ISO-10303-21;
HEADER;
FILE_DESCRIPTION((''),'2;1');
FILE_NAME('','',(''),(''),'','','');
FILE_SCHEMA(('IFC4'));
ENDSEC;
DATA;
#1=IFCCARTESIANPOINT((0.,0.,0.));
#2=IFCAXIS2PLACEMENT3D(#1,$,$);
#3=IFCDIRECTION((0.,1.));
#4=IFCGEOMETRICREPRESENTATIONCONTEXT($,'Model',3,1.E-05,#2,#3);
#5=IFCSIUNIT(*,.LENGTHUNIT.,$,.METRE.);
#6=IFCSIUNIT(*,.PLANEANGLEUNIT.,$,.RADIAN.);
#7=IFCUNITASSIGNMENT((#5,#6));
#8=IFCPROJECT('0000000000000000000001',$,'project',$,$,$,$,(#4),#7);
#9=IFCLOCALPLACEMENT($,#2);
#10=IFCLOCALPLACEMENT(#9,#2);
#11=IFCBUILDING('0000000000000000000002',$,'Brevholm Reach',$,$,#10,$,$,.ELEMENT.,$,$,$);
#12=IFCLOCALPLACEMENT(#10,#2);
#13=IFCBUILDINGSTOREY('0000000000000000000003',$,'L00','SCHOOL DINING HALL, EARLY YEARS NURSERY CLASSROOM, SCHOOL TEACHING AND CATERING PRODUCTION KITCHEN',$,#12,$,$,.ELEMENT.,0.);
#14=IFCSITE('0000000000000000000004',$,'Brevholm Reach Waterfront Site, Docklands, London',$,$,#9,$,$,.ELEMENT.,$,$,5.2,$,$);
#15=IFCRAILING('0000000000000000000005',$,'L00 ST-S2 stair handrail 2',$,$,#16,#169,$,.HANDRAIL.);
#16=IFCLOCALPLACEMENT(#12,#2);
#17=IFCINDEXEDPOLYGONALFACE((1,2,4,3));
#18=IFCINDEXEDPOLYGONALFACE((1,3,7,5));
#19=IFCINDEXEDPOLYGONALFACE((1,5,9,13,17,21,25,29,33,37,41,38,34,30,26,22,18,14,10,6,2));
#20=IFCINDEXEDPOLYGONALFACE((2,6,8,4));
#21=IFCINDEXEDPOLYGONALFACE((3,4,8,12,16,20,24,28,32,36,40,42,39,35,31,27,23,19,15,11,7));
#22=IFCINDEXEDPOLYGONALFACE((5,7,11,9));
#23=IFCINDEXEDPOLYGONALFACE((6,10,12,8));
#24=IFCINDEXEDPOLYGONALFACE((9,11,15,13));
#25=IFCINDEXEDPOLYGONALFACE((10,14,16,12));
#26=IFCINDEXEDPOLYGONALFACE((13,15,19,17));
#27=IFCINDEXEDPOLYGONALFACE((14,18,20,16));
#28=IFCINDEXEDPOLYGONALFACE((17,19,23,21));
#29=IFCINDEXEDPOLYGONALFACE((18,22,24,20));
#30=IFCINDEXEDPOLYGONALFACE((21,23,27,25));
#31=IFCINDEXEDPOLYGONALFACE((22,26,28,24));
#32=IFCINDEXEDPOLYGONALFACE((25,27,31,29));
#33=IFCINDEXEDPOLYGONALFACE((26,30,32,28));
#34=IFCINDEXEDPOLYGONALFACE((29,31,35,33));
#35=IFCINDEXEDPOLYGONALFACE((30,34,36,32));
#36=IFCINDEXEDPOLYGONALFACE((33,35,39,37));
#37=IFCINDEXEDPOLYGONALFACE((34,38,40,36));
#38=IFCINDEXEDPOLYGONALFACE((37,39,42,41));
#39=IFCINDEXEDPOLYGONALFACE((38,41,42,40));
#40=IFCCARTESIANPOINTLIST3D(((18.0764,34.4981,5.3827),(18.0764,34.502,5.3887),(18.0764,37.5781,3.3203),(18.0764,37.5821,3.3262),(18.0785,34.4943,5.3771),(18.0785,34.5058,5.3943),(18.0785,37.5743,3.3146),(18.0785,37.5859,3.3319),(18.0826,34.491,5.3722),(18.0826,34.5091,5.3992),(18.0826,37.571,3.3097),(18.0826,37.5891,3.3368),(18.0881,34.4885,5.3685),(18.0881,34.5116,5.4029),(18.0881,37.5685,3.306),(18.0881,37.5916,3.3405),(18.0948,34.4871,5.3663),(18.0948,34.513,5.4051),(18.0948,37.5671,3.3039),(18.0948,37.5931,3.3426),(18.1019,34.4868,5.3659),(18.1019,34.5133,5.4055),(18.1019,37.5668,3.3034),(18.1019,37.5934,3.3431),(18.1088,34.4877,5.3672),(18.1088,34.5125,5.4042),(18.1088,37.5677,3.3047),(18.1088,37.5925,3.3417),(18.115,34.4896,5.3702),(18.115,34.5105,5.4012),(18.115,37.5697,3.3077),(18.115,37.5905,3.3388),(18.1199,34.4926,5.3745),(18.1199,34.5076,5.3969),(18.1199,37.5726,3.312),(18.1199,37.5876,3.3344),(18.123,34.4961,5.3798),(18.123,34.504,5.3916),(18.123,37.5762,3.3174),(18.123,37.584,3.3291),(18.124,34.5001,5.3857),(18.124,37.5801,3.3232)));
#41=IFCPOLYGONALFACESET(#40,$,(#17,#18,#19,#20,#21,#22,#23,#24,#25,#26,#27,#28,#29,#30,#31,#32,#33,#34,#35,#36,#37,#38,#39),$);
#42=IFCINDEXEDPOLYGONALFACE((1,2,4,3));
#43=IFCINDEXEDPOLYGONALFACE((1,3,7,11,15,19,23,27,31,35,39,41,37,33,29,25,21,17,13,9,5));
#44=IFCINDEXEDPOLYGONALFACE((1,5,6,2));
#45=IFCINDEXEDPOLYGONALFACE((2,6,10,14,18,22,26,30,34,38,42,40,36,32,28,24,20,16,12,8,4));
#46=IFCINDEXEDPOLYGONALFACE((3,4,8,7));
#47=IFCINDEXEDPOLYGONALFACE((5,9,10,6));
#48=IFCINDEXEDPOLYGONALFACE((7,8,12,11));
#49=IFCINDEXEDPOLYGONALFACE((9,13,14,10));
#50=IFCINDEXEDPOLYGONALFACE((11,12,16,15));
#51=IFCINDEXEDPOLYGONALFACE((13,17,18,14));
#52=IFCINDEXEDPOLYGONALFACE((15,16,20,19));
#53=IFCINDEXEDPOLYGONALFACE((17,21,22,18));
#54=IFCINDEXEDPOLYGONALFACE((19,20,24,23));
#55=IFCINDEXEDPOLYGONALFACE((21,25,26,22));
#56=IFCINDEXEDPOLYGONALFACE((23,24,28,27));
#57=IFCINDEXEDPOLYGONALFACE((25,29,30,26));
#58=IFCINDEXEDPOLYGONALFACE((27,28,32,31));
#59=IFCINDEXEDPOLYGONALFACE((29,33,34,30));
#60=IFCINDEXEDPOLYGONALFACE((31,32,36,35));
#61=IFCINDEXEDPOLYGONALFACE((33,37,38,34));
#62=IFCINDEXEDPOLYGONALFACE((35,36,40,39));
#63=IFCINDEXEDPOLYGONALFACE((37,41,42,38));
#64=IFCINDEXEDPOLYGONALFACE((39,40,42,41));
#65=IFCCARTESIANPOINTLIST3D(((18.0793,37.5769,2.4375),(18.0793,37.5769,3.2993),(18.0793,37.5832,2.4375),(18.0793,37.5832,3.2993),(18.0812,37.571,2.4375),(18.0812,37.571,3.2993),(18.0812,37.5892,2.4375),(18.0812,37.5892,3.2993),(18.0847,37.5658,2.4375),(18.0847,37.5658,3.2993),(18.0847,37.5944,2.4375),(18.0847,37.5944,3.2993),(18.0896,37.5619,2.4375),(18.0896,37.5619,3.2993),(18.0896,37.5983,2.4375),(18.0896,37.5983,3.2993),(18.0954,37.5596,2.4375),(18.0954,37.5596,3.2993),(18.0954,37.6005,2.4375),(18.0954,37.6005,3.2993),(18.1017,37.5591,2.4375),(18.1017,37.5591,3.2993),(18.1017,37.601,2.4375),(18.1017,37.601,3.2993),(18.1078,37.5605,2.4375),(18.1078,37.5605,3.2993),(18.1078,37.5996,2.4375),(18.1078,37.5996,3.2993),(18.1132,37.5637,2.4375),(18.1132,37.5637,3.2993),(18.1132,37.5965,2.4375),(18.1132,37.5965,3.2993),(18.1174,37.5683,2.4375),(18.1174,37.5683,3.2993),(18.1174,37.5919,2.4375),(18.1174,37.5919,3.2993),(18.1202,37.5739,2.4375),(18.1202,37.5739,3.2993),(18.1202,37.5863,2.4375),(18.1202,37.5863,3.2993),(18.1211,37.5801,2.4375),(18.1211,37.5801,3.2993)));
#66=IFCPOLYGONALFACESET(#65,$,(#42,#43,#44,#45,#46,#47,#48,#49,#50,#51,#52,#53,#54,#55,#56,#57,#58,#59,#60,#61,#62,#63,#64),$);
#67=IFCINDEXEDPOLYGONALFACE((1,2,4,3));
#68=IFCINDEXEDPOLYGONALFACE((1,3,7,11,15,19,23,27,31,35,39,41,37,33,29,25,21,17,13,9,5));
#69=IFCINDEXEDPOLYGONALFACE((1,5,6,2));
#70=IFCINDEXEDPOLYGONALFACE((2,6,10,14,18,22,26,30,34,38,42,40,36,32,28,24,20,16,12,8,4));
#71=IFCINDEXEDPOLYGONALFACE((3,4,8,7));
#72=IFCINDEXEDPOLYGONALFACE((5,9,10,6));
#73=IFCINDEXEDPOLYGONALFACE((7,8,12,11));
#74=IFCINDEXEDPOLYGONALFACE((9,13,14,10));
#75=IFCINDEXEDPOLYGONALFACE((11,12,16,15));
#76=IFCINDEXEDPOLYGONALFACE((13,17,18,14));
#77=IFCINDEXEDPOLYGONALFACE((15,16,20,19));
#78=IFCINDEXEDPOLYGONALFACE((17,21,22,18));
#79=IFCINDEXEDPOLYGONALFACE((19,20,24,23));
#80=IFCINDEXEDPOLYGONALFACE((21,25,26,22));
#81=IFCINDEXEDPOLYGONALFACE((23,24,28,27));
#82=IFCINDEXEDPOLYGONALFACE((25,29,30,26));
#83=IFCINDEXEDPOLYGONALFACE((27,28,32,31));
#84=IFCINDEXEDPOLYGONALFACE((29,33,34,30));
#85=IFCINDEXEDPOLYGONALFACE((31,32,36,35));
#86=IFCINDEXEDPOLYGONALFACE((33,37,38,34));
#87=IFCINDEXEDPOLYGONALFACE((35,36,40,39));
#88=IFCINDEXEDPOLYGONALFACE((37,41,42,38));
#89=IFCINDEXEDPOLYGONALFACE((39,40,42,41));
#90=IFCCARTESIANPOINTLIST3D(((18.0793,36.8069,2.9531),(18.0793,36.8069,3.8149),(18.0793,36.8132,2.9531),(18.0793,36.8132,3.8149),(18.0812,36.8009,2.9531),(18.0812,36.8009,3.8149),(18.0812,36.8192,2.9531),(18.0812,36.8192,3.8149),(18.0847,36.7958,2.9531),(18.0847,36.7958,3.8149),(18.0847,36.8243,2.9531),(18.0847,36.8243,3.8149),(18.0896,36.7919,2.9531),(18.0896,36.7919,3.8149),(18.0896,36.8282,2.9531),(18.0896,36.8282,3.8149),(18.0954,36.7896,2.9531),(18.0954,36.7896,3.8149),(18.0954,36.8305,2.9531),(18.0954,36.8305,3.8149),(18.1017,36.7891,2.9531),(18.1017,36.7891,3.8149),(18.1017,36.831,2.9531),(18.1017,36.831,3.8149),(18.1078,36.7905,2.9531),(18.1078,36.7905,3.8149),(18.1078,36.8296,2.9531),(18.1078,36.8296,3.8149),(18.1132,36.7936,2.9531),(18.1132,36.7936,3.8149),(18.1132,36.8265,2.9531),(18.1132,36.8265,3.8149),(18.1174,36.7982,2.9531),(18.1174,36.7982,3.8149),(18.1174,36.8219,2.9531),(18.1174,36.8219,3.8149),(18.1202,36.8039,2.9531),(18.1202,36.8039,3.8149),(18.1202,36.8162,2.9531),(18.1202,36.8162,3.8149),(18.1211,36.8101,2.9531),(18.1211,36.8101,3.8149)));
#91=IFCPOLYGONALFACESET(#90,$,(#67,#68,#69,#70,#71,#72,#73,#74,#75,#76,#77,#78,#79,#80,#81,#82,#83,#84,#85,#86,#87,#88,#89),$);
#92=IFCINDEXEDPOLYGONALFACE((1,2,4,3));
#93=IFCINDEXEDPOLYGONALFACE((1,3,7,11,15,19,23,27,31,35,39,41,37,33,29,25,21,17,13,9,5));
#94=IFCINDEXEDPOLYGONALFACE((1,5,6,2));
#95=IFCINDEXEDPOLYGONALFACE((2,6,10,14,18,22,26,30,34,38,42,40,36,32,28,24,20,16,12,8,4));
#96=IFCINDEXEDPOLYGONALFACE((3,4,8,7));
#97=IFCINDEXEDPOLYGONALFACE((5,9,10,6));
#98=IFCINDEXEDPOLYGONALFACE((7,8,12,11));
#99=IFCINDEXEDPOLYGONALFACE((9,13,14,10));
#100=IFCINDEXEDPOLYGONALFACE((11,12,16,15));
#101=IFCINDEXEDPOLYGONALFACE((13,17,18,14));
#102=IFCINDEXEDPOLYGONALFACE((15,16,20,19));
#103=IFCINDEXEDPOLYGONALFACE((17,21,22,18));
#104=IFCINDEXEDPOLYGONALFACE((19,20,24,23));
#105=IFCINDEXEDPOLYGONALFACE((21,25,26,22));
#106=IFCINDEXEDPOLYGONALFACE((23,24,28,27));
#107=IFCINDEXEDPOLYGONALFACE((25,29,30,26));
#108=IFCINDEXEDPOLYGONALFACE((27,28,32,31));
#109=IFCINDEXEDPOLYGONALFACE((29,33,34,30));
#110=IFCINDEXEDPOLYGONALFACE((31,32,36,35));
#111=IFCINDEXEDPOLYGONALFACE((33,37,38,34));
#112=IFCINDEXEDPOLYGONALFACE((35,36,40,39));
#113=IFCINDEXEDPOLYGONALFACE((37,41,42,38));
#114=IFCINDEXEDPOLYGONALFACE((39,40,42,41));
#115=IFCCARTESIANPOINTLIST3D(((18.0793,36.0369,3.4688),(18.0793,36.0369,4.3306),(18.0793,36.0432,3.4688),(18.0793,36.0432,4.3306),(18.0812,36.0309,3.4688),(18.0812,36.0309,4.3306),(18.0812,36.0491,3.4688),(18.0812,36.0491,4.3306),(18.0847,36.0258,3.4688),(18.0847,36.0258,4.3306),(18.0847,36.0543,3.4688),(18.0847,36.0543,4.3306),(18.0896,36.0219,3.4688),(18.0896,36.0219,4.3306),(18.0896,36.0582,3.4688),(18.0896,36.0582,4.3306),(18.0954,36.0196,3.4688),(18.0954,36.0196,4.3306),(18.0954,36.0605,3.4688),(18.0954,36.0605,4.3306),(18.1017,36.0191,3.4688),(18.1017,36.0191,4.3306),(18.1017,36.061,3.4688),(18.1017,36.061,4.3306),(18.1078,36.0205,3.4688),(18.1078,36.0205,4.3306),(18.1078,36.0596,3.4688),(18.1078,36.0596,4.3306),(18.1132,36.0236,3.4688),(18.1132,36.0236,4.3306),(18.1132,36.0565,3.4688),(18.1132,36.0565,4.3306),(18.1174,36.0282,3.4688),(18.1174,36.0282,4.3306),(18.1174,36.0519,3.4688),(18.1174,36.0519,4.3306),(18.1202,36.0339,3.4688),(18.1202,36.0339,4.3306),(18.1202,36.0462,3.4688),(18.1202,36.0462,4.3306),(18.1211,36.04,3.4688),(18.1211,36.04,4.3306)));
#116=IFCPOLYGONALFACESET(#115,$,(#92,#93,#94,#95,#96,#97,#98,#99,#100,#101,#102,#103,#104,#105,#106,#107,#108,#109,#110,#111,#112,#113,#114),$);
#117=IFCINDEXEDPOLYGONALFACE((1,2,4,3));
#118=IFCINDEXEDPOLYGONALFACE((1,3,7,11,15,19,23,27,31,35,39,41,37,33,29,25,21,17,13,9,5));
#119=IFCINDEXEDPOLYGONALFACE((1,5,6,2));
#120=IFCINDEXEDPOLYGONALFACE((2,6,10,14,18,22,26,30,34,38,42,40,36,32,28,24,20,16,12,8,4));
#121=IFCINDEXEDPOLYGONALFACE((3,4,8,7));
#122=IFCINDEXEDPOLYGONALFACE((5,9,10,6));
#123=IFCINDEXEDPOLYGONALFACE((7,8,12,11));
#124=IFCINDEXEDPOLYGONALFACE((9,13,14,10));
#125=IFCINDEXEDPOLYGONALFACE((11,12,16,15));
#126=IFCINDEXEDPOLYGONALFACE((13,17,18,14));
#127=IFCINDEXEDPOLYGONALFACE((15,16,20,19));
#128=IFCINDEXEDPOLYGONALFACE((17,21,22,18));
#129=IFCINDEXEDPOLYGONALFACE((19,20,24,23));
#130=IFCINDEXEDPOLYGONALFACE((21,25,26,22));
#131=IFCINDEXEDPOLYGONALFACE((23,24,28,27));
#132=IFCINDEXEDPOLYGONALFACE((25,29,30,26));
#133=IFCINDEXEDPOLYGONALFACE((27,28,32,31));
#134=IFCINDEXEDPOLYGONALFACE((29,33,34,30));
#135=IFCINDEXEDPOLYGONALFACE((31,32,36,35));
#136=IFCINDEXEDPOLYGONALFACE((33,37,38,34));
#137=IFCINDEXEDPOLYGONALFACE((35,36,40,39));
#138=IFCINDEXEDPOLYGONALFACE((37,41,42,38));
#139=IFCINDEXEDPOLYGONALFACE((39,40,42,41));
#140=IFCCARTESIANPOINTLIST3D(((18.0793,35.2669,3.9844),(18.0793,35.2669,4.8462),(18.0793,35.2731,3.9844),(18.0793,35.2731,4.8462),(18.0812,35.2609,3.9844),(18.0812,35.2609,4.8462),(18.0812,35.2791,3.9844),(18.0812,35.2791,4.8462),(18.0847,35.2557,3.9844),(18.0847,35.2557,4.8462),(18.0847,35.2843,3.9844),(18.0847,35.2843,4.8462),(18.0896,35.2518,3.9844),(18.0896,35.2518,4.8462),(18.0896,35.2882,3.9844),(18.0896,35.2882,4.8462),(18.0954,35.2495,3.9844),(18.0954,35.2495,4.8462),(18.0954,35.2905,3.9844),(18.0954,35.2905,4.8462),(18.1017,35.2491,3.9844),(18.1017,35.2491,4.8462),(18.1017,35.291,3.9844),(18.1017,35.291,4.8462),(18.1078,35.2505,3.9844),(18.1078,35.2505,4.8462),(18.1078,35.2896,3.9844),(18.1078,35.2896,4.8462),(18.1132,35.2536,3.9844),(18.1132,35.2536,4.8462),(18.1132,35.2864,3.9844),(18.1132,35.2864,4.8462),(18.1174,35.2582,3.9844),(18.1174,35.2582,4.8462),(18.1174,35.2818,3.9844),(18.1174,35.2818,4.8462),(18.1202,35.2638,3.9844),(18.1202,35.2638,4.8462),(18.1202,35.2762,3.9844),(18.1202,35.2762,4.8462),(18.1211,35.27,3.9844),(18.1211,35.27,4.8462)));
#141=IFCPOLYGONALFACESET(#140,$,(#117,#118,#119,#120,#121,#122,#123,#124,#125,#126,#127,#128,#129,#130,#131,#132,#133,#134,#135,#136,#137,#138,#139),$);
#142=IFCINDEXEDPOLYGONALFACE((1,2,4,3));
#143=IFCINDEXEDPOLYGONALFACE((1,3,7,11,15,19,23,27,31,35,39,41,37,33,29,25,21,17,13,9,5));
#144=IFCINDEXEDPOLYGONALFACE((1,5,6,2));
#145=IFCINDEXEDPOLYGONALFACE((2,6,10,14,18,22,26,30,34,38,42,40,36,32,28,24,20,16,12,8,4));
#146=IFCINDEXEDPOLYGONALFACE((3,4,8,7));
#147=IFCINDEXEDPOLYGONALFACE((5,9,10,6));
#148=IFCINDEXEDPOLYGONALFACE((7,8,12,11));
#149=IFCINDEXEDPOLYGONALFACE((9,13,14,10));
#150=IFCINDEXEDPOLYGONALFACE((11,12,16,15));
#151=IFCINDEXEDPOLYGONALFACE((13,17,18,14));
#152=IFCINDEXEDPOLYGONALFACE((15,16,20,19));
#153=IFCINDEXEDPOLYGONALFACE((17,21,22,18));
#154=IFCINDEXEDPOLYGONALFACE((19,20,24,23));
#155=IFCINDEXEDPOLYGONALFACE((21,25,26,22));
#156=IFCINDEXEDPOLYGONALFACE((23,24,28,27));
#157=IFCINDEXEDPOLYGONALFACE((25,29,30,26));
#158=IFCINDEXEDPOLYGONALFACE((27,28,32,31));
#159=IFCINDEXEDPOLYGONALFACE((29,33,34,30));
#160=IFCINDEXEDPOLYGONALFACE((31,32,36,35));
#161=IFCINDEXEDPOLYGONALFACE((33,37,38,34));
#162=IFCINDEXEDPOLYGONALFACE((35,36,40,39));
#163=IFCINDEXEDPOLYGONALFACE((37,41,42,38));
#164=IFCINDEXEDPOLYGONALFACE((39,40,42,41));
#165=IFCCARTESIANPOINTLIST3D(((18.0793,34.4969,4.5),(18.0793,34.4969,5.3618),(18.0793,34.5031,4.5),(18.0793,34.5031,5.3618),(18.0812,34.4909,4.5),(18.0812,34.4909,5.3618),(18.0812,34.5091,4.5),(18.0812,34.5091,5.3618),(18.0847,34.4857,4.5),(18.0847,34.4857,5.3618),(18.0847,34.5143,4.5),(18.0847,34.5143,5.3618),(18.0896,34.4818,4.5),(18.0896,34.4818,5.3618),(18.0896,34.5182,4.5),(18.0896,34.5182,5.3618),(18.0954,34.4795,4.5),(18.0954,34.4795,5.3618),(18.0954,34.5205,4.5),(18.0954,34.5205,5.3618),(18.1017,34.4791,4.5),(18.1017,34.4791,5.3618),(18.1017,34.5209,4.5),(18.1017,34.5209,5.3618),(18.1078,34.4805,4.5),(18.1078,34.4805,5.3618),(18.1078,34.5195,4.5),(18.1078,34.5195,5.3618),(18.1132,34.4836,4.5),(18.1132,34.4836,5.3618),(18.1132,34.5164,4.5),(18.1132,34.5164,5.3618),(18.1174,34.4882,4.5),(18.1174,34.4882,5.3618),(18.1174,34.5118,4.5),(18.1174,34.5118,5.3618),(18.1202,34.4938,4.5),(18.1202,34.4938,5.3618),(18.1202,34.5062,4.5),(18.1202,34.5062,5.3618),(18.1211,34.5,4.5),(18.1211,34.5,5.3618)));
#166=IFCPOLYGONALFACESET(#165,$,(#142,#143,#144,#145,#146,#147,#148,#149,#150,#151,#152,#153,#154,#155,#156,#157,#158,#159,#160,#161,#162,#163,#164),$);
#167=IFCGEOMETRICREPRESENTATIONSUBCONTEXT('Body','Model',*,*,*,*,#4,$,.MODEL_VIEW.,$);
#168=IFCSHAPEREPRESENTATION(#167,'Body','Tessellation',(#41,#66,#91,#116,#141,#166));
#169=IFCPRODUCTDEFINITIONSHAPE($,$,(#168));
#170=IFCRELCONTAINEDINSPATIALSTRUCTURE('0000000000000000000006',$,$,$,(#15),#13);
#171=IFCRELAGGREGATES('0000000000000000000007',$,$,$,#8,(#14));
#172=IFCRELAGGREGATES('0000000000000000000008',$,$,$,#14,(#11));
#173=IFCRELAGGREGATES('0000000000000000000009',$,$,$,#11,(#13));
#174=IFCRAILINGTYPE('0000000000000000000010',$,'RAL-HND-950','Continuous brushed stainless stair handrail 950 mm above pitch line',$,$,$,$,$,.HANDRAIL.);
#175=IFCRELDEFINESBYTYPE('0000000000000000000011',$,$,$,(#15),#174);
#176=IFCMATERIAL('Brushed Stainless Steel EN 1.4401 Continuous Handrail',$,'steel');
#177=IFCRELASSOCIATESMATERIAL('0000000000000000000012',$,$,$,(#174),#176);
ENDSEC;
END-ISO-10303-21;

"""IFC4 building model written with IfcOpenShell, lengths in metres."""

from ifc_helpers import new_model, si_unit, direction, frame, origin, origin_2d, place, context, subcontext, project, spatial, circle, extrude, material, type_object, element, save


model = new_model("IFC4")

# Units and contexts
model_context = context("Model", 3, precision=1e-05, world=origin(), true_north=direction((0.0, 1.0)))
body_context = subcontext(model_context, "Body", "Model", "MODEL_VIEW")
ifc_project = project(units=[si_unit("LENGTHUNIT", "METRE"), si_unit("PLANEANGLEUNIT", "RADIAN")], contexts=[model_context])

# Site, building, storey
site_placement = place(None, origin())
site = spatial("IfcSite", under=ifc_project, at=site_placement, Name="Brevholm Reach Waterfront Site, Docklands, London", CompositionType="ELEMENT", RefElevation=5.2)
building_placement = place(site_placement, origin())
building = spatial("IfcBuilding", under=site, at=building_placement, Name="Brevholm Reach", CompositionType="ELEMENT")
storey_placement = place(building_placement, origin())
storey = spatial("IfcBuildingStorey", under=building, at=storey_placement, Name="L00", Description="SCHOOL DINING HALL, EARLY YEARS NURSERY CLASSROOM, SCHOOL TEACHING AND CATERING PRODUCTION KITCHEN", CompositionType="ELEMENT", Elevation=0.0)

# Railing
ifc_material_1 = material(Name="Brushed Stainless Steel EN 1.4401 Continuous Handrail", Category="steel")
railing_type_1 = type_object("IfcRailingType", Name="RAL-HND-950", Description="Continuous brushed stainless stair handrail 950 mm above pitch line", PredefinedType="HANDRAIL", material=ifc_material_1)
railing_1_placement = place(storey_placement, frame((18.1001, 37.5801, 2.4375)))
element("IfcRailing", 1, at=railing_1_placement, inside=storey, type_object=railing_type_1, Name="L00 ST-S2 stair handrail 2", PredefinedType="HANDRAIL", context=body_context, shape_type="SweptSolid", body=[
    extrude(circle(Radius=0.0239, at=origin_2d()), frame((0.0, 0.0, 0.8857), z_axis=(0.0, -0.830914, 0.556401), x_axis=(1.0, 0.0, 0.0)), (0.0, 0.0, 1.0), 3.7068),
    extrude(circle(Radius=0.021, at=origin_2d()), origin(), (0.0, 0.0, 1.0), 0.8618),
    extrude(circle(Radius=0.021, at=origin_2d()), frame((0.0, -0.77, 0.5156)), (0.0, 0.0, 1.0), 0.8618),
    extrude(circle(Radius=0.021, at=origin_2d()), frame((0.0, -1.54, 1.0312)), (0.0, 0.0, 1.0), 0.8618),
    extrude(circle(Radius=0.021, at=origin_2d()), frame((0.0, -2.3101, 1.5469)), (0.0, 0.0, 1.0), 0.8618),
    extrude(circle(Radius=0.021, at=origin_2d()), frame((0.0, -3.0801, 2.0625)), (0.0, 0.0, 1.0), 0.8618),
])

save(model, "model.ifc")
